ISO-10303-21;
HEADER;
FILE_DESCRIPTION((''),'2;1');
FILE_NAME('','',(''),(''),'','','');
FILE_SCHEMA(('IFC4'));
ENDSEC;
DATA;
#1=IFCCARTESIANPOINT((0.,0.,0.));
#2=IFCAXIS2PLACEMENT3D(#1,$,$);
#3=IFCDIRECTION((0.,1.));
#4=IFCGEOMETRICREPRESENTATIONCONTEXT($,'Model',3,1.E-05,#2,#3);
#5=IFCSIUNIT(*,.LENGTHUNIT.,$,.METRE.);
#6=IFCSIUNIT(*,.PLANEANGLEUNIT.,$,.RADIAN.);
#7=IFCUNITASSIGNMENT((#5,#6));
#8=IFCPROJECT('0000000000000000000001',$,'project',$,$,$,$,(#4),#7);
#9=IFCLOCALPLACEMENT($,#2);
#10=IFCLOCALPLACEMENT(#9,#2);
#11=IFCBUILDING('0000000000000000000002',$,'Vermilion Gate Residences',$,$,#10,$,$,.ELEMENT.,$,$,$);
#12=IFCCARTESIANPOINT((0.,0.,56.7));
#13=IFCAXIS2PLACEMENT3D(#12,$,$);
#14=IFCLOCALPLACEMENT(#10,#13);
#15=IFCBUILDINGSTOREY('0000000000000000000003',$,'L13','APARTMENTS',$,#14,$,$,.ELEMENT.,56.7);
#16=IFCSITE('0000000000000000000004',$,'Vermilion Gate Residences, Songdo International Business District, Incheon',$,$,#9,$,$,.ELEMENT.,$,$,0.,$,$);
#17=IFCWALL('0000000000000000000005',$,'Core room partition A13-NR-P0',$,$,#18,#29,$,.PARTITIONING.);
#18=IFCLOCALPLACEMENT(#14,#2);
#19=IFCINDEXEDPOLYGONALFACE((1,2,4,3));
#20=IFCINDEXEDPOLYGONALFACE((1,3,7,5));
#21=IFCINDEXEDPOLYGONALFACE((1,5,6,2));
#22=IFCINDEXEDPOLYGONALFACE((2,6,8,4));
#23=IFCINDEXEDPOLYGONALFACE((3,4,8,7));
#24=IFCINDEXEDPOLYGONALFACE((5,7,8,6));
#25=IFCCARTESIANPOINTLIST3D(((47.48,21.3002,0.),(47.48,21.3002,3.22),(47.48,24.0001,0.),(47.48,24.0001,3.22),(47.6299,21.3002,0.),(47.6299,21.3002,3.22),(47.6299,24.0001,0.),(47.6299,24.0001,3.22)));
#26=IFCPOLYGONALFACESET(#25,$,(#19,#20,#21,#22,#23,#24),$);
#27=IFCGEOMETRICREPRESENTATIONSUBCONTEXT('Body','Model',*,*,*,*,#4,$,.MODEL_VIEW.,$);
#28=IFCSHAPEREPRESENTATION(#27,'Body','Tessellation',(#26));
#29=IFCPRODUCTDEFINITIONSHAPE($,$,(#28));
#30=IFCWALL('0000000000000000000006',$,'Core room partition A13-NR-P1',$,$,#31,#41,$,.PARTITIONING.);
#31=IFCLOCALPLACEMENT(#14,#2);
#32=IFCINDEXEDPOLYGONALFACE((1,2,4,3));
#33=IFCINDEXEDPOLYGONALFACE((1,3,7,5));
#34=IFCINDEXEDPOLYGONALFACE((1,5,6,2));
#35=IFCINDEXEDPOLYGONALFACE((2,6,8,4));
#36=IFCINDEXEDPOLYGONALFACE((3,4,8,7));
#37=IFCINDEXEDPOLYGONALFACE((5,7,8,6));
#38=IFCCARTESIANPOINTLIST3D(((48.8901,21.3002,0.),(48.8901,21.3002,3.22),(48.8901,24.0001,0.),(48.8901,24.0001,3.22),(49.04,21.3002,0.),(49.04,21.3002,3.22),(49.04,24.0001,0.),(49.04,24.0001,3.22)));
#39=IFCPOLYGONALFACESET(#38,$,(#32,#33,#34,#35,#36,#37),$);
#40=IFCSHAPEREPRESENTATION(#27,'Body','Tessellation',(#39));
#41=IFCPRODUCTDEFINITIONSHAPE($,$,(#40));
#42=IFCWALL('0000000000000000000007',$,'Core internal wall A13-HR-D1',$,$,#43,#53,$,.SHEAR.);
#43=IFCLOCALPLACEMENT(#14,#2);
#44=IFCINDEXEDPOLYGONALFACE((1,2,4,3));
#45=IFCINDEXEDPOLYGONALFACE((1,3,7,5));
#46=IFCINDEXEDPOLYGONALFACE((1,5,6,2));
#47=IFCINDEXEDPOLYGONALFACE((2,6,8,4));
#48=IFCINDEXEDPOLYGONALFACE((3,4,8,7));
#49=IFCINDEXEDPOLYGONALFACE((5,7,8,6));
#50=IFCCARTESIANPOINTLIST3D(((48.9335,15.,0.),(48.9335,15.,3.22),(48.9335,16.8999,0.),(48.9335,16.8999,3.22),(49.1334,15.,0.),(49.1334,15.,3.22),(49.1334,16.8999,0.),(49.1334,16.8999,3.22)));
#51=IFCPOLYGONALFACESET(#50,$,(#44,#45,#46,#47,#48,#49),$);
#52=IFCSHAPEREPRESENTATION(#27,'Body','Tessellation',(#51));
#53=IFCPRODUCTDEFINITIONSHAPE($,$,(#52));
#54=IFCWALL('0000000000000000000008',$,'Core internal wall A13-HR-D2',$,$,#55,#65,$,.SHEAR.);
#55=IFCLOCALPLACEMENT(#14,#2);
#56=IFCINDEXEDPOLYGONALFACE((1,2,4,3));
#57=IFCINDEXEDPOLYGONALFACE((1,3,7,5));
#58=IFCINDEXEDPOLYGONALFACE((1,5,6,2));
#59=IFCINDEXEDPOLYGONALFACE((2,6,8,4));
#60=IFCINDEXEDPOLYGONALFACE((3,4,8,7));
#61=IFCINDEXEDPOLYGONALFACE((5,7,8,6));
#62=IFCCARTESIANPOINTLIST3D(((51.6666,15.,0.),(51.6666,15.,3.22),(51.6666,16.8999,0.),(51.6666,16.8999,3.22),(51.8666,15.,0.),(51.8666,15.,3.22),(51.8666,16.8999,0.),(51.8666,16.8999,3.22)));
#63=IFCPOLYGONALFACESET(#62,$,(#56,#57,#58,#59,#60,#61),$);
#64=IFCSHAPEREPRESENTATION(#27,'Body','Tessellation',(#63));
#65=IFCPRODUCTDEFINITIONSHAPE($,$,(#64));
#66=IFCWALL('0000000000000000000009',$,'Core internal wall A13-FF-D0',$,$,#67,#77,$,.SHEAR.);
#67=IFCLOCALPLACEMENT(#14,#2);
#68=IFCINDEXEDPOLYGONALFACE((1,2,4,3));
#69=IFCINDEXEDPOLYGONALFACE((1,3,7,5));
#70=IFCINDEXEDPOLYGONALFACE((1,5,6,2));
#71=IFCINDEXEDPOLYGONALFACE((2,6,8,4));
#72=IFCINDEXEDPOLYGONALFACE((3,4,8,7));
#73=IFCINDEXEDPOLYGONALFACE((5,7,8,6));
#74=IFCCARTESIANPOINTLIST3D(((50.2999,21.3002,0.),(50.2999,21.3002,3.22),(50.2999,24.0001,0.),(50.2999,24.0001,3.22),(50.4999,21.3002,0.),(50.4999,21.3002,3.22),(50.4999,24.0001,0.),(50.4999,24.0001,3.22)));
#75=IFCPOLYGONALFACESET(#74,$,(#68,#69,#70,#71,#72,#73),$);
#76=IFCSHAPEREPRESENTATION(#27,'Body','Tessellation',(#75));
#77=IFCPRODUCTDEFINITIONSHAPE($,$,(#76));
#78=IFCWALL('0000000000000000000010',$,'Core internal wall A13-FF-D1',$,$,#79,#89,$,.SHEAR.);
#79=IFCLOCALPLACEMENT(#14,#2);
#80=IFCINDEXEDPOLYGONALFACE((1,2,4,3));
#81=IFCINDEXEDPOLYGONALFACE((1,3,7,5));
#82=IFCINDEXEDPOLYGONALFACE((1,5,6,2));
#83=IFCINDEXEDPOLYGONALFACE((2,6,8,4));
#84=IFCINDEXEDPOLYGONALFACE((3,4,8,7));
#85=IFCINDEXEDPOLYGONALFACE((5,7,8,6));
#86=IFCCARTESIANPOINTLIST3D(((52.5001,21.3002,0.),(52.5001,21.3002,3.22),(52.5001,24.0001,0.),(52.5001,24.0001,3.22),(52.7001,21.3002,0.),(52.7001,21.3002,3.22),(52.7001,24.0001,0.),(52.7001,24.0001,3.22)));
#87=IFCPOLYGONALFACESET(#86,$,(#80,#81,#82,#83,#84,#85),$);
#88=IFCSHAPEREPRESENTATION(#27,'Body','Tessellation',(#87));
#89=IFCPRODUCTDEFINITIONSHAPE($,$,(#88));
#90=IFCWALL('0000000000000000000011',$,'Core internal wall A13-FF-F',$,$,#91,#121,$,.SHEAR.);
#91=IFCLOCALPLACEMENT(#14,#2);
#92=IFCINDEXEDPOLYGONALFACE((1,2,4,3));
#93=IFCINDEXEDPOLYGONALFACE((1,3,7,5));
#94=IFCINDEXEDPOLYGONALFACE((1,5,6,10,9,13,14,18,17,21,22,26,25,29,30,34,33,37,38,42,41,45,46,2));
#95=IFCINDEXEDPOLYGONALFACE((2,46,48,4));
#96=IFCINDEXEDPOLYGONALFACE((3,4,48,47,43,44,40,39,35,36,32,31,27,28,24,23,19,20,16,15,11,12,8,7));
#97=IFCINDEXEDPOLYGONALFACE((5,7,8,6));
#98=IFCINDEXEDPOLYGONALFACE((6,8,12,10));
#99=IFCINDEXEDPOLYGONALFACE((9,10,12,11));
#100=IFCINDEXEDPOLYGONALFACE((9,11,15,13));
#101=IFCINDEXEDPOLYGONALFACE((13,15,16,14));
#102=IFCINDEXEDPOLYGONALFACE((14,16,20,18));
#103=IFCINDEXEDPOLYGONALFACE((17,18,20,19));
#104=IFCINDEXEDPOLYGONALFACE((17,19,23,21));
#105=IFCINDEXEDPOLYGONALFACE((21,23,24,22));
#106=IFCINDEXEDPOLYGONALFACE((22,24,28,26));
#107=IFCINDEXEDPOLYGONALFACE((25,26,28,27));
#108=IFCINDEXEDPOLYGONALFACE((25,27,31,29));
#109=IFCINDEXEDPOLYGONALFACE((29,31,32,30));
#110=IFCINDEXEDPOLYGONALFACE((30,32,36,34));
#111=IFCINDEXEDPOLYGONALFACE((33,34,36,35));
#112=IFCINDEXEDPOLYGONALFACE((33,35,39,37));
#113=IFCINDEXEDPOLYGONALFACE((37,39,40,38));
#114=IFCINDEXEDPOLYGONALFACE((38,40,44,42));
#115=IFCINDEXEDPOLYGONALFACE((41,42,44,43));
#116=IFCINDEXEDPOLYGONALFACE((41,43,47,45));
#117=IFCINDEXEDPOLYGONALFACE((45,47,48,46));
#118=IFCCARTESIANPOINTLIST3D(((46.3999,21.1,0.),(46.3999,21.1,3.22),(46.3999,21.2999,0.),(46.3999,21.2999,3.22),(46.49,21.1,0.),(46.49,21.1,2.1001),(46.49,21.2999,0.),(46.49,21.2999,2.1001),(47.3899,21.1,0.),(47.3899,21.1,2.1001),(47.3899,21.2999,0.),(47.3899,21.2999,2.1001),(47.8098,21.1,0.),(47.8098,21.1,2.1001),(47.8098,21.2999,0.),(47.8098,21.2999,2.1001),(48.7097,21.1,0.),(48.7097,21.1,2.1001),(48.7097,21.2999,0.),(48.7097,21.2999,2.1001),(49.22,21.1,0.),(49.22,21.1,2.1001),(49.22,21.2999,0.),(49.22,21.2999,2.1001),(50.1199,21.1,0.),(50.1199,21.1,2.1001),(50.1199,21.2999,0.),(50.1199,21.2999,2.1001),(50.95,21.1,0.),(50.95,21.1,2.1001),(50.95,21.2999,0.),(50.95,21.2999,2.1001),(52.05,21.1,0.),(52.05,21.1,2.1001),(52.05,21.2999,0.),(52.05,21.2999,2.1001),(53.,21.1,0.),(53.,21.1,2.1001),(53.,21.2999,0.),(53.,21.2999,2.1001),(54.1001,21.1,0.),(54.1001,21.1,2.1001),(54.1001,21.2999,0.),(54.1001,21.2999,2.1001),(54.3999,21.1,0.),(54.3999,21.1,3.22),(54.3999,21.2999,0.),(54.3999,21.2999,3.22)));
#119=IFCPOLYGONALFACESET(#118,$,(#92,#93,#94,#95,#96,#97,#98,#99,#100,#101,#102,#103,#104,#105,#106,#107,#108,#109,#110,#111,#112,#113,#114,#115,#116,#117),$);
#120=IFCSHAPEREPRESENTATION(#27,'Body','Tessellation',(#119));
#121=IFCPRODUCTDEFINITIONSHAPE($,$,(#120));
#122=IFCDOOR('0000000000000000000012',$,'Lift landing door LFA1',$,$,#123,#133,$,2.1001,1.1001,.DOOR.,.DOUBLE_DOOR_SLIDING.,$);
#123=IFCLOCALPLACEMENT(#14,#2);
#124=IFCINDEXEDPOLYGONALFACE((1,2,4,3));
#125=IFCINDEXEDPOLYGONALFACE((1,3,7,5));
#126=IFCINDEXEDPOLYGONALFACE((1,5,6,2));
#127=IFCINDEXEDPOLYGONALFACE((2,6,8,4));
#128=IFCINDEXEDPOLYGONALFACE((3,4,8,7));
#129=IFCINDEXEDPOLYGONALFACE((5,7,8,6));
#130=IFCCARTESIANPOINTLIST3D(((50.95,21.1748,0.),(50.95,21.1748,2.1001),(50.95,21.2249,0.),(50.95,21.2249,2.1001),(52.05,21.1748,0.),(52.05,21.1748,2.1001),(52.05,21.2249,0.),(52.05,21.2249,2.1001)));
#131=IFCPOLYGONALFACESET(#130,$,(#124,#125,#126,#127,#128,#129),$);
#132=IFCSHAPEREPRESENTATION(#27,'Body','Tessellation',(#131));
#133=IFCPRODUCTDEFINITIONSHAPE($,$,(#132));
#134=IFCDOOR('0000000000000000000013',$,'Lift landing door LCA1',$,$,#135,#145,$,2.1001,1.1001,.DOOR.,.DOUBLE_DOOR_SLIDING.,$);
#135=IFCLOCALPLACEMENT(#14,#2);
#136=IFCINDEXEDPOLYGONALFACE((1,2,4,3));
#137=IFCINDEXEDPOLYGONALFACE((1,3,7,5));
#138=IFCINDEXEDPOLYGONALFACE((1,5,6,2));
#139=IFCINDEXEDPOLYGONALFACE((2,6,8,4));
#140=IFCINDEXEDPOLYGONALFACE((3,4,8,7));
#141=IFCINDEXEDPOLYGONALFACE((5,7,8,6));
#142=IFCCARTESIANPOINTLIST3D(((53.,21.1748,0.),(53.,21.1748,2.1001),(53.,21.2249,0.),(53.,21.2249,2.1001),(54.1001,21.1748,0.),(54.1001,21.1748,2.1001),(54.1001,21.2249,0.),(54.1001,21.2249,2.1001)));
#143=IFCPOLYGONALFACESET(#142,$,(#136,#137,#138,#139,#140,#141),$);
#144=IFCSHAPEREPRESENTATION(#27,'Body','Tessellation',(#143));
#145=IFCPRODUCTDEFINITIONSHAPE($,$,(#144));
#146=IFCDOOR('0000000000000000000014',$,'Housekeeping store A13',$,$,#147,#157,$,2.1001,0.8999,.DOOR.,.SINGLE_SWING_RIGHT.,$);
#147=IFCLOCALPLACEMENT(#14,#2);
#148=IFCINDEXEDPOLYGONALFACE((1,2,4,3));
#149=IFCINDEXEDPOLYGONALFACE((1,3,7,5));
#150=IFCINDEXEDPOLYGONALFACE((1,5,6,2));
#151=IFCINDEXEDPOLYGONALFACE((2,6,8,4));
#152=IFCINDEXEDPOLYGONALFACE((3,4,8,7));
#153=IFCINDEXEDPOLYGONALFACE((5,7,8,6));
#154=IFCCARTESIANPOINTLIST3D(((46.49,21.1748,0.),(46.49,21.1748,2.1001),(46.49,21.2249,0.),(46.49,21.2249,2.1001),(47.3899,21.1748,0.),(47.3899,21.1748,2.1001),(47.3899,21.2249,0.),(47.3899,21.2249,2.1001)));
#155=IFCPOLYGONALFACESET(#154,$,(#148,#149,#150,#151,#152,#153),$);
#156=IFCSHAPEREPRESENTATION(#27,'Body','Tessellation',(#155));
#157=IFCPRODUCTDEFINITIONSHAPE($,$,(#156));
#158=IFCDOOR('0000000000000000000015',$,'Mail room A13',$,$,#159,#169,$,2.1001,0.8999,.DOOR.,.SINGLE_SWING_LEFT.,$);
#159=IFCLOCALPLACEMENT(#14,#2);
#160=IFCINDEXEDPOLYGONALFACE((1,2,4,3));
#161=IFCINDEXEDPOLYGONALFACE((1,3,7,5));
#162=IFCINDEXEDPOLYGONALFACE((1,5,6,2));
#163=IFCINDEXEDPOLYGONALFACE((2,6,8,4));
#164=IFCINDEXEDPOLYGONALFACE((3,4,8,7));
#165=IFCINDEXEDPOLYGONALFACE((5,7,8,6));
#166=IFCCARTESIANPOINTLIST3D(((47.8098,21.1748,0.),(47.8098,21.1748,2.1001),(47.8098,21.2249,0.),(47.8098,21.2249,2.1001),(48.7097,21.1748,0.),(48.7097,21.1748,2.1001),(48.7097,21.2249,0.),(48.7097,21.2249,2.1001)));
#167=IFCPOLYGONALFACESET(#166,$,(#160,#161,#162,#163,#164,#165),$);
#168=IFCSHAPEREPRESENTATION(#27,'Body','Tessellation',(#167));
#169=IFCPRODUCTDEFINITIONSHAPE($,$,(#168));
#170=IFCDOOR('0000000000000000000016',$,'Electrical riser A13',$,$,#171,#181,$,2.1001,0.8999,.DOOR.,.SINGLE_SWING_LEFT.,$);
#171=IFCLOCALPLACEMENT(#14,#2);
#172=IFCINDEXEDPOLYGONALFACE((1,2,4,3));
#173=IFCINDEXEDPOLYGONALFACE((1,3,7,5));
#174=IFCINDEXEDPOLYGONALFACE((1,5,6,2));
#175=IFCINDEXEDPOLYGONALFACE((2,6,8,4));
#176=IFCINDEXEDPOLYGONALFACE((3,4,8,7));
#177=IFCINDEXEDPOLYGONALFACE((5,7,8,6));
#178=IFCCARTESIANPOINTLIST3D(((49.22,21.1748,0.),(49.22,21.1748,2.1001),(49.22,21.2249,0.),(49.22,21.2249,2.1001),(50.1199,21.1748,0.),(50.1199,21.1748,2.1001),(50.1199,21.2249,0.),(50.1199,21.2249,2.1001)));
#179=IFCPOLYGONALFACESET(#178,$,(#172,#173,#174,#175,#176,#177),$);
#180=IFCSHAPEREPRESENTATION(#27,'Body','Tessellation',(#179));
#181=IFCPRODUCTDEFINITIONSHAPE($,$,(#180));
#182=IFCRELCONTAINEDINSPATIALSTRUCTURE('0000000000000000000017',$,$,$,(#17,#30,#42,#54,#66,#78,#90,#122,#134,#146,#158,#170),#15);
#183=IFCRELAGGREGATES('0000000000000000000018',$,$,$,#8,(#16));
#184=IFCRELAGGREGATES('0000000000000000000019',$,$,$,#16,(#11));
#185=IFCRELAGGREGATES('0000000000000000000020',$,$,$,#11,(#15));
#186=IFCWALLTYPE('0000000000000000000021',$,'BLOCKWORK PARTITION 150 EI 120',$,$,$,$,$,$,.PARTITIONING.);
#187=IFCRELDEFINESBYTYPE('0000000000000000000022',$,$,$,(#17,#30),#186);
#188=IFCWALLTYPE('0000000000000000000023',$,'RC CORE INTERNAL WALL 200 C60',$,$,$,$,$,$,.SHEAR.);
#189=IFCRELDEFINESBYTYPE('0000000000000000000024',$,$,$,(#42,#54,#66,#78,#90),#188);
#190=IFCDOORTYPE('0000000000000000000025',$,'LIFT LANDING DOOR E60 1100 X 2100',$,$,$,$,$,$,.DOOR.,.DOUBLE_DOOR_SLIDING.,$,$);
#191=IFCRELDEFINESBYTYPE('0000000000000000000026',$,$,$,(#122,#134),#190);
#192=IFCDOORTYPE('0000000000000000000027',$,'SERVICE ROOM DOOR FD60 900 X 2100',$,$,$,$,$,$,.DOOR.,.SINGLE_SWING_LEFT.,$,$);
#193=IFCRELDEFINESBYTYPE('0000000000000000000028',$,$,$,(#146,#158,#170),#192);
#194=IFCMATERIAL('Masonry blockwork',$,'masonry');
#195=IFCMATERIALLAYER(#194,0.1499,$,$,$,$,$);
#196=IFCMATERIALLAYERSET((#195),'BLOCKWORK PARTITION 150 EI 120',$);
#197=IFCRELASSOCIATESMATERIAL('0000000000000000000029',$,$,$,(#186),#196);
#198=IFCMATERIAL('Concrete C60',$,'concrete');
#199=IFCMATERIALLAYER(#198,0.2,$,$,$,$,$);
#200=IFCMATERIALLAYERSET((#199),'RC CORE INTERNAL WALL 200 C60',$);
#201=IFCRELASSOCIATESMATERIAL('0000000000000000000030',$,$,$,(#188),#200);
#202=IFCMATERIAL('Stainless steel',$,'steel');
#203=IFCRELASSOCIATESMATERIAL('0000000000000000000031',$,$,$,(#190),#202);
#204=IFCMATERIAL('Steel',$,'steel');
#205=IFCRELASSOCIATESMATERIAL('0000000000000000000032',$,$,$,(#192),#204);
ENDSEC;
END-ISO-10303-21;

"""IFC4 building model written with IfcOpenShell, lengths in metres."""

from ifc_helpers import new_model, si_unit, direction, frame, frame_2d, origin, place, context, subcontext, project, spatial, rectangle, extrude, material, layer, layer_set, type_object, element, fill, save


model = new_model("IFC4")

# Units and contexts
model_context = context("Model", 3, precision=1e-05, world=origin(), true_north=direction((0.0, 1.0)))
body_context = subcontext(model_context, "Body", "Model", "MODEL_VIEW")
ifc_project = project(units=[si_unit("LENGTHUNIT", "METRE"), si_unit("PLANEANGLEUNIT", "RADIAN")], contexts=[model_context])

# Site, building, storey
site_placement = place(None, origin())
site = spatial("IfcSite", under=ifc_project, at=site_placement, Name="Vermilion Gate Residences, Songdo International Business District, Incheon", CompositionType="ELEMENT", RefElevation=0.0)
building_placement = place(site_placement, origin())
building = spatial("IfcBuilding", under=site, at=building_placement, Name="Vermilion Gate Residences", CompositionType="ELEMENT")
storey_placement = place(building_placement, frame((0.0, 0.0, 56.7)))
storey = spatial("IfcBuildingStorey", under=building, at=storey_placement, Name="L13", Description="APARTMENTS", CompositionType="ELEMENT", Elevation=56.7)

# Walls
ifc_material_1 = material(Name="Masonry blockwork", Category="masonry")
ifc_layer_1 = layer(ifc_material_1, 0.1499)
ifc_layer_set_1 = layer_set([ifc_layer_1], Name="BLOCKWORK PARTITION 150 EI 120")
wall_type_1 = type_object("IfcWallType", Name="BLOCKWORK PARTITION 150 EI 120", PredefinedType="PARTITIONING", material=ifc_layer_set_1)
for number, where, z_axis, x_axis, name in (
    (1, (47.5549, 21.3, 0.0), (0.0, 0.0, 1.0), (0.0, 1.0, 0.0), "Core room partition A13-NR-P0"),
    (2, (48.9651, 21.3, 0.0), (0.0, 0.0, 1.0), (0.0, 1.0, 0.0), "Core room partition A13-NR-P1"),
):
    element("IfcWall", number, at=place(storey_placement, frame(where, z_axis=z_axis, x_axis=x_axis)), inside=storey, type_object=wall_type_1, Name=name, PredefinedType="PARTITIONING", context=body_context, shape_type="SweptSolid", body=[
        extrude(rectangle(XDim=2.7, YDim=0.1499, at=frame_2d((1.3501, 0.0))), origin(), (0.0, 0.0, 1.0), 3.22),
    ])
ifc_material_2 = material(Name="Concrete C60", Category="concrete")
ifc_layer_2 = layer(ifc_material_2, 0.2)
ifc_layer_set_2 = layer_set([ifc_layer_2], Name="RC CORE INTERNAL WALL 200 C60")
wall_type_2 = type_object("IfcWallType", Name="RC CORE INTERNAL WALL 200 C60", PredefinedType="SHEAR", material=ifc_layer_set_2)
for number, where, z_axis, x_axis, name in (
    (3, (49.0334, 15.0, 0.0), (0.0, 0.0, 1.0), (0.0, 1.0, 0.0), "Core internal wall A13-HR-D1"),
    (4, (51.7666, 15.0, 0.0), (0.0, 0.0, 1.0), (0.0, 1.0, 0.0), "Core internal wall A13-HR-D2"),
):
    element("IfcWall", number, at=place(storey_placement, frame(where, z_axis=z_axis, x_axis=x_axis)), inside=storey, type_object=wall_type_2, Name=name, PredefinedType="SHEAR", context=body_context, shape_type="SweptSolid", body=[
        extrude(rectangle(XDim=1.8999, YDim=0.2, at=frame_2d((0.95, 0.0))), origin(), (0.0, 0.0, 1.0), 3.22),
    ])
for number, where, z_axis, x_axis, name in (
    (5, (50.3999, 21.3, 0.0), (0.0, 0.0, 1.0), (0.0, 1.0, 0.0), "Core internal wall A13-FF-D0"),
    (6, (52.6001, 21.3, 0.0), (0.0, 0.0, 1.0), (0.0, 1.0, 0.0), "Core internal wall A13-FF-D1"),
):
    element("IfcWall", number, at=place(storey_placement, frame(where, z_axis=z_axis, x_axis=x_axis)), inside=storey, type_object=wall_type_2, Name=name, PredefinedType="SHEAR", context=body_context, shape_type="SweptSolid", body=[
        extrude(rectangle(XDim=2.7, YDim=0.2, at=frame_2d((1.3501, 0.0))), origin(), (0.0, 0.0, 1.0), 3.22),
    ])

# Wall, openings, doors
wall_1_placement = place(storey_placement, frame((46.3999, 21.2, 0.0), z_axis=(0.0, 0.0, 1.0), x_axis=(1.0, 0.0, 0.0)))
wall_1 = element("IfcWall", 7, at=wall_1_placement, inside=storey, type_object=wall_type_2, Name="Core internal wall A13-FF-F", PredefinedType="SHEAR", context=body_context, shape_type="SweptSolid", body=[
    extrude(rectangle(XDim=8.0, YDim=0.2, at=frame_2d((4.0, 0.0))), origin(), (0.0, 0.0, 1.0), 3.22),
])
opening_1_placement = place(wall_1_placement, frame((0.0901, 0.0, 0.0)))
opening_1 = element("IfcOpeningElement", 8, at=opening_1_placement, cuts=wall_1, PredefinedType="OPENING", context=body_context, shape_type="SweptSolid", body=[
    extrude(rectangle(XDim=0.8999, YDim=2.1001, at=frame_2d((0.45, 1.05))), frame((0.0, 0.1099, 0.0), z_axis=(0.0, -1.0, 0.0), x_axis=(1.0, 0.0, 0.0)), (0.0, 0.0, 1.0), 0.22),
])
opening_2_placement = place(wall_1_placement, frame((1.4099, 0.0, 0.0)))
opening_2 = element("IfcOpeningElement", 9, at=opening_2_placement, cuts=wall_1, PredefinedType="OPENING", context=body_context, shape_type="SweptSolid", body=[
    extrude(rectangle(XDim=0.8999, YDim=2.1001, at=frame_2d((0.45, 1.05))), frame((0.0, 0.1099, 0.0), z_axis=(0.0, -1.0, 0.0), x_axis=(1.0, 0.0, 0.0)), (0.0, 0.0, 1.0), 0.22),
])
opening_3_placement = place(wall_1_placement, frame((2.8201, 0.0, 0.0)))
opening_3 = element("IfcOpeningElement", 10, at=opening_3_placement, cuts=wall_1, PredefinedType="OPENING", context=body_context, shape_type="SweptSolid", body=[
    extrude(rectangle(XDim=0.8999, YDim=2.1001, at=frame_2d((0.45, 1.05))), frame((0.0, 0.1099, 0.0), z_axis=(0.0, -1.0, 0.0), x_axis=(1.0, 0.0, 0.0)), (0.0, 0.0, 1.0), 0.22),
])
opening_4_placement = place(wall_1_placement, frame((4.55, 0.0, 0.0)))
opening_4 = element("IfcOpeningElement", 11, at=opening_4_placement, cuts=wall_1, PredefinedType="OPENING", context=body_context, shape_type="SweptSolid", body=[
    extrude(rectangle(XDim=1.1001, YDim=2.1001, at=frame_2d((0.55, 1.05))), frame((0.0, 0.1099, 0.0), z_axis=(0.0, -1.0, 0.0), x_axis=(1.0, 0.0, 0.0)), (0.0, 0.0, 1.0), 0.22),
])
opening_5_placement = place(wall_1_placement, frame((6.6001, 0.0, 0.0)))
opening_5 = element("IfcOpeningElement", 12, at=opening_5_placement, cuts=wall_1, PredefinedType="OPENING", context=body_context, shape_type="SweptSolid", body=[
    extrude(rectangle(XDim=1.1001, YDim=2.1001, at=frame_2d((0.55, 1.05))), frame((0.0, 0.1099, 0.0), z_axis=(0.0, -1.0, 0.0), x_axis=(1.0, 0.0, 0.0)), (0.0, 0.0, 1.0), 0.22),
])
ifc_material_3 = material(Name="Stainless steel", Category="steel")
door_type_1 = type_object("IfcDoorType", Name="LIFT LANDING DOOR E60 1100 X 2100", OperationType="DOUBLE_DOOR_SLIDING", PredefinedType="DOOR", material=ifc_material_3)
door_1_placement = place(opening_4_placement, origin())
door_1 = element("IfcDoor", 13, at=door_1_placement, inside=storey, type_object=door_type_1, Name="Lift landing door LFA1", OperationType="DOUBLE_DOOR_SLIDING", OverallHeight=2.1001, OverallWidth=1.1001, PredefinedType="DOOR", context=body_context, shape_type="SweptSolid", body=[
    extrude(rectangle(XDim=1.1001, YDim=2.1001, at=frame_2d((0.55, 1.05))), frame((0.0, 0.0249, 0.0), z_axis=(0.0, -1.0, 0.0), x_axis=(1.0, 0.0, 0.0)), (0.0, 0.0, 1.0), 0.05),
])
fill(opening_4, door_1)
door_2_placement = place(opening_5_placement, origin())
door_2 = element("IfcDoor", 14, at=door_2_placement, inside=storey, type_object=door_type_1, Name="Lift landing door LCA1", OperationType="DOUBLE_DOOR_SLIDING", OverallHeight=2.1001, OverallWidth=1.1001, PredefinedType="DOOR", context=body_context, shape_type="SweptSolid", body=[
    extrude(rectangle(XDim=1.1001, YDim=2.1001, at=frame_2d((0.55, 1.05))), frame((0.0, 0.0249, 0.0), z_axis=(0.0, -1.0, 0.0), x_axis=(1.0, 0.0, 0.0)), (0.0, 0.0, 1.0), 0.05),
])
fill(opening_5, door_2)
ifc_material_4 = material(Name="Steel", Category="steel")
door_type_2 = type_object("IfcDoorType", Name="SERVICE ROOM DOOR FD60 900 X 2100", OperationType="SINGLE_SWING_LEFT", PredefinedType="DOOR", material=ifc_material_4)
door_3_placement = place(opening_1_placement, origin())
door_3 = element("IfcDoor", 15, at=door_3_placement, inside=storey, type_object=door_type_2, Name="Housekeeping store A13", OperationType="SINGLE_SWING_RIGHT", OverallHeight=2.1001, OverallWidth=0.8999, PredefinedType="DOOR", context=body_context, shape_type="SweptSolid", body=[
    extrude(rectangle(XDim=0.8999, YDim=2.1001, at=frame_2d((0.45, 1.05))), frame((0.0, 0.0249, 0.0), z_axis=(0.0, -1.0, 0.0), x_axis=(1.0, 0.0, 0.0)), (0.0, 0.0, 1.0), 0.05),
])
fill(opening_1, door_3)
door_4_placement = place(opening_2_placement, origin())
door_4 = element("IfcDoor", 16, at=door_4_placement, inside=storey, type_object=door_type_2, Name="Mail room A13", OperationType="SINGLE_SWING_LEFT", OverallHeight=2.1001, OverallWidth=0.8999, PredefinedType="DOOR", context=body_context, shape_type="SweptSolid", body=[
    extrude(rectangle(XDim=0.8999, YDim=2.1001, at=frame_2d((0.45, 1.05))), frame((0.0, 0.0249, 0.0), z_axis=(0.0, -1.0, 0.0), x_axis=(1.0, 0.0, 0.0)), (0.0, 0.0, 1.0), 0.05),
])
fill(opening_2, door_4)
door_5_placement = place(opening_3_placement, origin())
door_5 = element("IfcDoor", 17, at=door_5_placement, inside=storey, type_object=door_type_2, Name="Electrical riser A13", OperationType="SINGLE_SWING_LEFT", OverallHeight=2.1001, OverallWidth=0.8999, PredefinedType="DOOR", context=body_context, shape_type="SweptSolid", body=[
    extrude(rectangle(XDim=0.8999, YDim=2.1001, at=frame_2d((0.45, 1.05))), frame((0.0, 0.0249, 0.0), z_axis=(0.0, -1.0, 0.0), x_axis=(1.0, 0.0, 0.0)), (0.0, 0.0, 1.0), 0.05),
])
fill(opening_3, door_5)

save(model, "model.ifc")
